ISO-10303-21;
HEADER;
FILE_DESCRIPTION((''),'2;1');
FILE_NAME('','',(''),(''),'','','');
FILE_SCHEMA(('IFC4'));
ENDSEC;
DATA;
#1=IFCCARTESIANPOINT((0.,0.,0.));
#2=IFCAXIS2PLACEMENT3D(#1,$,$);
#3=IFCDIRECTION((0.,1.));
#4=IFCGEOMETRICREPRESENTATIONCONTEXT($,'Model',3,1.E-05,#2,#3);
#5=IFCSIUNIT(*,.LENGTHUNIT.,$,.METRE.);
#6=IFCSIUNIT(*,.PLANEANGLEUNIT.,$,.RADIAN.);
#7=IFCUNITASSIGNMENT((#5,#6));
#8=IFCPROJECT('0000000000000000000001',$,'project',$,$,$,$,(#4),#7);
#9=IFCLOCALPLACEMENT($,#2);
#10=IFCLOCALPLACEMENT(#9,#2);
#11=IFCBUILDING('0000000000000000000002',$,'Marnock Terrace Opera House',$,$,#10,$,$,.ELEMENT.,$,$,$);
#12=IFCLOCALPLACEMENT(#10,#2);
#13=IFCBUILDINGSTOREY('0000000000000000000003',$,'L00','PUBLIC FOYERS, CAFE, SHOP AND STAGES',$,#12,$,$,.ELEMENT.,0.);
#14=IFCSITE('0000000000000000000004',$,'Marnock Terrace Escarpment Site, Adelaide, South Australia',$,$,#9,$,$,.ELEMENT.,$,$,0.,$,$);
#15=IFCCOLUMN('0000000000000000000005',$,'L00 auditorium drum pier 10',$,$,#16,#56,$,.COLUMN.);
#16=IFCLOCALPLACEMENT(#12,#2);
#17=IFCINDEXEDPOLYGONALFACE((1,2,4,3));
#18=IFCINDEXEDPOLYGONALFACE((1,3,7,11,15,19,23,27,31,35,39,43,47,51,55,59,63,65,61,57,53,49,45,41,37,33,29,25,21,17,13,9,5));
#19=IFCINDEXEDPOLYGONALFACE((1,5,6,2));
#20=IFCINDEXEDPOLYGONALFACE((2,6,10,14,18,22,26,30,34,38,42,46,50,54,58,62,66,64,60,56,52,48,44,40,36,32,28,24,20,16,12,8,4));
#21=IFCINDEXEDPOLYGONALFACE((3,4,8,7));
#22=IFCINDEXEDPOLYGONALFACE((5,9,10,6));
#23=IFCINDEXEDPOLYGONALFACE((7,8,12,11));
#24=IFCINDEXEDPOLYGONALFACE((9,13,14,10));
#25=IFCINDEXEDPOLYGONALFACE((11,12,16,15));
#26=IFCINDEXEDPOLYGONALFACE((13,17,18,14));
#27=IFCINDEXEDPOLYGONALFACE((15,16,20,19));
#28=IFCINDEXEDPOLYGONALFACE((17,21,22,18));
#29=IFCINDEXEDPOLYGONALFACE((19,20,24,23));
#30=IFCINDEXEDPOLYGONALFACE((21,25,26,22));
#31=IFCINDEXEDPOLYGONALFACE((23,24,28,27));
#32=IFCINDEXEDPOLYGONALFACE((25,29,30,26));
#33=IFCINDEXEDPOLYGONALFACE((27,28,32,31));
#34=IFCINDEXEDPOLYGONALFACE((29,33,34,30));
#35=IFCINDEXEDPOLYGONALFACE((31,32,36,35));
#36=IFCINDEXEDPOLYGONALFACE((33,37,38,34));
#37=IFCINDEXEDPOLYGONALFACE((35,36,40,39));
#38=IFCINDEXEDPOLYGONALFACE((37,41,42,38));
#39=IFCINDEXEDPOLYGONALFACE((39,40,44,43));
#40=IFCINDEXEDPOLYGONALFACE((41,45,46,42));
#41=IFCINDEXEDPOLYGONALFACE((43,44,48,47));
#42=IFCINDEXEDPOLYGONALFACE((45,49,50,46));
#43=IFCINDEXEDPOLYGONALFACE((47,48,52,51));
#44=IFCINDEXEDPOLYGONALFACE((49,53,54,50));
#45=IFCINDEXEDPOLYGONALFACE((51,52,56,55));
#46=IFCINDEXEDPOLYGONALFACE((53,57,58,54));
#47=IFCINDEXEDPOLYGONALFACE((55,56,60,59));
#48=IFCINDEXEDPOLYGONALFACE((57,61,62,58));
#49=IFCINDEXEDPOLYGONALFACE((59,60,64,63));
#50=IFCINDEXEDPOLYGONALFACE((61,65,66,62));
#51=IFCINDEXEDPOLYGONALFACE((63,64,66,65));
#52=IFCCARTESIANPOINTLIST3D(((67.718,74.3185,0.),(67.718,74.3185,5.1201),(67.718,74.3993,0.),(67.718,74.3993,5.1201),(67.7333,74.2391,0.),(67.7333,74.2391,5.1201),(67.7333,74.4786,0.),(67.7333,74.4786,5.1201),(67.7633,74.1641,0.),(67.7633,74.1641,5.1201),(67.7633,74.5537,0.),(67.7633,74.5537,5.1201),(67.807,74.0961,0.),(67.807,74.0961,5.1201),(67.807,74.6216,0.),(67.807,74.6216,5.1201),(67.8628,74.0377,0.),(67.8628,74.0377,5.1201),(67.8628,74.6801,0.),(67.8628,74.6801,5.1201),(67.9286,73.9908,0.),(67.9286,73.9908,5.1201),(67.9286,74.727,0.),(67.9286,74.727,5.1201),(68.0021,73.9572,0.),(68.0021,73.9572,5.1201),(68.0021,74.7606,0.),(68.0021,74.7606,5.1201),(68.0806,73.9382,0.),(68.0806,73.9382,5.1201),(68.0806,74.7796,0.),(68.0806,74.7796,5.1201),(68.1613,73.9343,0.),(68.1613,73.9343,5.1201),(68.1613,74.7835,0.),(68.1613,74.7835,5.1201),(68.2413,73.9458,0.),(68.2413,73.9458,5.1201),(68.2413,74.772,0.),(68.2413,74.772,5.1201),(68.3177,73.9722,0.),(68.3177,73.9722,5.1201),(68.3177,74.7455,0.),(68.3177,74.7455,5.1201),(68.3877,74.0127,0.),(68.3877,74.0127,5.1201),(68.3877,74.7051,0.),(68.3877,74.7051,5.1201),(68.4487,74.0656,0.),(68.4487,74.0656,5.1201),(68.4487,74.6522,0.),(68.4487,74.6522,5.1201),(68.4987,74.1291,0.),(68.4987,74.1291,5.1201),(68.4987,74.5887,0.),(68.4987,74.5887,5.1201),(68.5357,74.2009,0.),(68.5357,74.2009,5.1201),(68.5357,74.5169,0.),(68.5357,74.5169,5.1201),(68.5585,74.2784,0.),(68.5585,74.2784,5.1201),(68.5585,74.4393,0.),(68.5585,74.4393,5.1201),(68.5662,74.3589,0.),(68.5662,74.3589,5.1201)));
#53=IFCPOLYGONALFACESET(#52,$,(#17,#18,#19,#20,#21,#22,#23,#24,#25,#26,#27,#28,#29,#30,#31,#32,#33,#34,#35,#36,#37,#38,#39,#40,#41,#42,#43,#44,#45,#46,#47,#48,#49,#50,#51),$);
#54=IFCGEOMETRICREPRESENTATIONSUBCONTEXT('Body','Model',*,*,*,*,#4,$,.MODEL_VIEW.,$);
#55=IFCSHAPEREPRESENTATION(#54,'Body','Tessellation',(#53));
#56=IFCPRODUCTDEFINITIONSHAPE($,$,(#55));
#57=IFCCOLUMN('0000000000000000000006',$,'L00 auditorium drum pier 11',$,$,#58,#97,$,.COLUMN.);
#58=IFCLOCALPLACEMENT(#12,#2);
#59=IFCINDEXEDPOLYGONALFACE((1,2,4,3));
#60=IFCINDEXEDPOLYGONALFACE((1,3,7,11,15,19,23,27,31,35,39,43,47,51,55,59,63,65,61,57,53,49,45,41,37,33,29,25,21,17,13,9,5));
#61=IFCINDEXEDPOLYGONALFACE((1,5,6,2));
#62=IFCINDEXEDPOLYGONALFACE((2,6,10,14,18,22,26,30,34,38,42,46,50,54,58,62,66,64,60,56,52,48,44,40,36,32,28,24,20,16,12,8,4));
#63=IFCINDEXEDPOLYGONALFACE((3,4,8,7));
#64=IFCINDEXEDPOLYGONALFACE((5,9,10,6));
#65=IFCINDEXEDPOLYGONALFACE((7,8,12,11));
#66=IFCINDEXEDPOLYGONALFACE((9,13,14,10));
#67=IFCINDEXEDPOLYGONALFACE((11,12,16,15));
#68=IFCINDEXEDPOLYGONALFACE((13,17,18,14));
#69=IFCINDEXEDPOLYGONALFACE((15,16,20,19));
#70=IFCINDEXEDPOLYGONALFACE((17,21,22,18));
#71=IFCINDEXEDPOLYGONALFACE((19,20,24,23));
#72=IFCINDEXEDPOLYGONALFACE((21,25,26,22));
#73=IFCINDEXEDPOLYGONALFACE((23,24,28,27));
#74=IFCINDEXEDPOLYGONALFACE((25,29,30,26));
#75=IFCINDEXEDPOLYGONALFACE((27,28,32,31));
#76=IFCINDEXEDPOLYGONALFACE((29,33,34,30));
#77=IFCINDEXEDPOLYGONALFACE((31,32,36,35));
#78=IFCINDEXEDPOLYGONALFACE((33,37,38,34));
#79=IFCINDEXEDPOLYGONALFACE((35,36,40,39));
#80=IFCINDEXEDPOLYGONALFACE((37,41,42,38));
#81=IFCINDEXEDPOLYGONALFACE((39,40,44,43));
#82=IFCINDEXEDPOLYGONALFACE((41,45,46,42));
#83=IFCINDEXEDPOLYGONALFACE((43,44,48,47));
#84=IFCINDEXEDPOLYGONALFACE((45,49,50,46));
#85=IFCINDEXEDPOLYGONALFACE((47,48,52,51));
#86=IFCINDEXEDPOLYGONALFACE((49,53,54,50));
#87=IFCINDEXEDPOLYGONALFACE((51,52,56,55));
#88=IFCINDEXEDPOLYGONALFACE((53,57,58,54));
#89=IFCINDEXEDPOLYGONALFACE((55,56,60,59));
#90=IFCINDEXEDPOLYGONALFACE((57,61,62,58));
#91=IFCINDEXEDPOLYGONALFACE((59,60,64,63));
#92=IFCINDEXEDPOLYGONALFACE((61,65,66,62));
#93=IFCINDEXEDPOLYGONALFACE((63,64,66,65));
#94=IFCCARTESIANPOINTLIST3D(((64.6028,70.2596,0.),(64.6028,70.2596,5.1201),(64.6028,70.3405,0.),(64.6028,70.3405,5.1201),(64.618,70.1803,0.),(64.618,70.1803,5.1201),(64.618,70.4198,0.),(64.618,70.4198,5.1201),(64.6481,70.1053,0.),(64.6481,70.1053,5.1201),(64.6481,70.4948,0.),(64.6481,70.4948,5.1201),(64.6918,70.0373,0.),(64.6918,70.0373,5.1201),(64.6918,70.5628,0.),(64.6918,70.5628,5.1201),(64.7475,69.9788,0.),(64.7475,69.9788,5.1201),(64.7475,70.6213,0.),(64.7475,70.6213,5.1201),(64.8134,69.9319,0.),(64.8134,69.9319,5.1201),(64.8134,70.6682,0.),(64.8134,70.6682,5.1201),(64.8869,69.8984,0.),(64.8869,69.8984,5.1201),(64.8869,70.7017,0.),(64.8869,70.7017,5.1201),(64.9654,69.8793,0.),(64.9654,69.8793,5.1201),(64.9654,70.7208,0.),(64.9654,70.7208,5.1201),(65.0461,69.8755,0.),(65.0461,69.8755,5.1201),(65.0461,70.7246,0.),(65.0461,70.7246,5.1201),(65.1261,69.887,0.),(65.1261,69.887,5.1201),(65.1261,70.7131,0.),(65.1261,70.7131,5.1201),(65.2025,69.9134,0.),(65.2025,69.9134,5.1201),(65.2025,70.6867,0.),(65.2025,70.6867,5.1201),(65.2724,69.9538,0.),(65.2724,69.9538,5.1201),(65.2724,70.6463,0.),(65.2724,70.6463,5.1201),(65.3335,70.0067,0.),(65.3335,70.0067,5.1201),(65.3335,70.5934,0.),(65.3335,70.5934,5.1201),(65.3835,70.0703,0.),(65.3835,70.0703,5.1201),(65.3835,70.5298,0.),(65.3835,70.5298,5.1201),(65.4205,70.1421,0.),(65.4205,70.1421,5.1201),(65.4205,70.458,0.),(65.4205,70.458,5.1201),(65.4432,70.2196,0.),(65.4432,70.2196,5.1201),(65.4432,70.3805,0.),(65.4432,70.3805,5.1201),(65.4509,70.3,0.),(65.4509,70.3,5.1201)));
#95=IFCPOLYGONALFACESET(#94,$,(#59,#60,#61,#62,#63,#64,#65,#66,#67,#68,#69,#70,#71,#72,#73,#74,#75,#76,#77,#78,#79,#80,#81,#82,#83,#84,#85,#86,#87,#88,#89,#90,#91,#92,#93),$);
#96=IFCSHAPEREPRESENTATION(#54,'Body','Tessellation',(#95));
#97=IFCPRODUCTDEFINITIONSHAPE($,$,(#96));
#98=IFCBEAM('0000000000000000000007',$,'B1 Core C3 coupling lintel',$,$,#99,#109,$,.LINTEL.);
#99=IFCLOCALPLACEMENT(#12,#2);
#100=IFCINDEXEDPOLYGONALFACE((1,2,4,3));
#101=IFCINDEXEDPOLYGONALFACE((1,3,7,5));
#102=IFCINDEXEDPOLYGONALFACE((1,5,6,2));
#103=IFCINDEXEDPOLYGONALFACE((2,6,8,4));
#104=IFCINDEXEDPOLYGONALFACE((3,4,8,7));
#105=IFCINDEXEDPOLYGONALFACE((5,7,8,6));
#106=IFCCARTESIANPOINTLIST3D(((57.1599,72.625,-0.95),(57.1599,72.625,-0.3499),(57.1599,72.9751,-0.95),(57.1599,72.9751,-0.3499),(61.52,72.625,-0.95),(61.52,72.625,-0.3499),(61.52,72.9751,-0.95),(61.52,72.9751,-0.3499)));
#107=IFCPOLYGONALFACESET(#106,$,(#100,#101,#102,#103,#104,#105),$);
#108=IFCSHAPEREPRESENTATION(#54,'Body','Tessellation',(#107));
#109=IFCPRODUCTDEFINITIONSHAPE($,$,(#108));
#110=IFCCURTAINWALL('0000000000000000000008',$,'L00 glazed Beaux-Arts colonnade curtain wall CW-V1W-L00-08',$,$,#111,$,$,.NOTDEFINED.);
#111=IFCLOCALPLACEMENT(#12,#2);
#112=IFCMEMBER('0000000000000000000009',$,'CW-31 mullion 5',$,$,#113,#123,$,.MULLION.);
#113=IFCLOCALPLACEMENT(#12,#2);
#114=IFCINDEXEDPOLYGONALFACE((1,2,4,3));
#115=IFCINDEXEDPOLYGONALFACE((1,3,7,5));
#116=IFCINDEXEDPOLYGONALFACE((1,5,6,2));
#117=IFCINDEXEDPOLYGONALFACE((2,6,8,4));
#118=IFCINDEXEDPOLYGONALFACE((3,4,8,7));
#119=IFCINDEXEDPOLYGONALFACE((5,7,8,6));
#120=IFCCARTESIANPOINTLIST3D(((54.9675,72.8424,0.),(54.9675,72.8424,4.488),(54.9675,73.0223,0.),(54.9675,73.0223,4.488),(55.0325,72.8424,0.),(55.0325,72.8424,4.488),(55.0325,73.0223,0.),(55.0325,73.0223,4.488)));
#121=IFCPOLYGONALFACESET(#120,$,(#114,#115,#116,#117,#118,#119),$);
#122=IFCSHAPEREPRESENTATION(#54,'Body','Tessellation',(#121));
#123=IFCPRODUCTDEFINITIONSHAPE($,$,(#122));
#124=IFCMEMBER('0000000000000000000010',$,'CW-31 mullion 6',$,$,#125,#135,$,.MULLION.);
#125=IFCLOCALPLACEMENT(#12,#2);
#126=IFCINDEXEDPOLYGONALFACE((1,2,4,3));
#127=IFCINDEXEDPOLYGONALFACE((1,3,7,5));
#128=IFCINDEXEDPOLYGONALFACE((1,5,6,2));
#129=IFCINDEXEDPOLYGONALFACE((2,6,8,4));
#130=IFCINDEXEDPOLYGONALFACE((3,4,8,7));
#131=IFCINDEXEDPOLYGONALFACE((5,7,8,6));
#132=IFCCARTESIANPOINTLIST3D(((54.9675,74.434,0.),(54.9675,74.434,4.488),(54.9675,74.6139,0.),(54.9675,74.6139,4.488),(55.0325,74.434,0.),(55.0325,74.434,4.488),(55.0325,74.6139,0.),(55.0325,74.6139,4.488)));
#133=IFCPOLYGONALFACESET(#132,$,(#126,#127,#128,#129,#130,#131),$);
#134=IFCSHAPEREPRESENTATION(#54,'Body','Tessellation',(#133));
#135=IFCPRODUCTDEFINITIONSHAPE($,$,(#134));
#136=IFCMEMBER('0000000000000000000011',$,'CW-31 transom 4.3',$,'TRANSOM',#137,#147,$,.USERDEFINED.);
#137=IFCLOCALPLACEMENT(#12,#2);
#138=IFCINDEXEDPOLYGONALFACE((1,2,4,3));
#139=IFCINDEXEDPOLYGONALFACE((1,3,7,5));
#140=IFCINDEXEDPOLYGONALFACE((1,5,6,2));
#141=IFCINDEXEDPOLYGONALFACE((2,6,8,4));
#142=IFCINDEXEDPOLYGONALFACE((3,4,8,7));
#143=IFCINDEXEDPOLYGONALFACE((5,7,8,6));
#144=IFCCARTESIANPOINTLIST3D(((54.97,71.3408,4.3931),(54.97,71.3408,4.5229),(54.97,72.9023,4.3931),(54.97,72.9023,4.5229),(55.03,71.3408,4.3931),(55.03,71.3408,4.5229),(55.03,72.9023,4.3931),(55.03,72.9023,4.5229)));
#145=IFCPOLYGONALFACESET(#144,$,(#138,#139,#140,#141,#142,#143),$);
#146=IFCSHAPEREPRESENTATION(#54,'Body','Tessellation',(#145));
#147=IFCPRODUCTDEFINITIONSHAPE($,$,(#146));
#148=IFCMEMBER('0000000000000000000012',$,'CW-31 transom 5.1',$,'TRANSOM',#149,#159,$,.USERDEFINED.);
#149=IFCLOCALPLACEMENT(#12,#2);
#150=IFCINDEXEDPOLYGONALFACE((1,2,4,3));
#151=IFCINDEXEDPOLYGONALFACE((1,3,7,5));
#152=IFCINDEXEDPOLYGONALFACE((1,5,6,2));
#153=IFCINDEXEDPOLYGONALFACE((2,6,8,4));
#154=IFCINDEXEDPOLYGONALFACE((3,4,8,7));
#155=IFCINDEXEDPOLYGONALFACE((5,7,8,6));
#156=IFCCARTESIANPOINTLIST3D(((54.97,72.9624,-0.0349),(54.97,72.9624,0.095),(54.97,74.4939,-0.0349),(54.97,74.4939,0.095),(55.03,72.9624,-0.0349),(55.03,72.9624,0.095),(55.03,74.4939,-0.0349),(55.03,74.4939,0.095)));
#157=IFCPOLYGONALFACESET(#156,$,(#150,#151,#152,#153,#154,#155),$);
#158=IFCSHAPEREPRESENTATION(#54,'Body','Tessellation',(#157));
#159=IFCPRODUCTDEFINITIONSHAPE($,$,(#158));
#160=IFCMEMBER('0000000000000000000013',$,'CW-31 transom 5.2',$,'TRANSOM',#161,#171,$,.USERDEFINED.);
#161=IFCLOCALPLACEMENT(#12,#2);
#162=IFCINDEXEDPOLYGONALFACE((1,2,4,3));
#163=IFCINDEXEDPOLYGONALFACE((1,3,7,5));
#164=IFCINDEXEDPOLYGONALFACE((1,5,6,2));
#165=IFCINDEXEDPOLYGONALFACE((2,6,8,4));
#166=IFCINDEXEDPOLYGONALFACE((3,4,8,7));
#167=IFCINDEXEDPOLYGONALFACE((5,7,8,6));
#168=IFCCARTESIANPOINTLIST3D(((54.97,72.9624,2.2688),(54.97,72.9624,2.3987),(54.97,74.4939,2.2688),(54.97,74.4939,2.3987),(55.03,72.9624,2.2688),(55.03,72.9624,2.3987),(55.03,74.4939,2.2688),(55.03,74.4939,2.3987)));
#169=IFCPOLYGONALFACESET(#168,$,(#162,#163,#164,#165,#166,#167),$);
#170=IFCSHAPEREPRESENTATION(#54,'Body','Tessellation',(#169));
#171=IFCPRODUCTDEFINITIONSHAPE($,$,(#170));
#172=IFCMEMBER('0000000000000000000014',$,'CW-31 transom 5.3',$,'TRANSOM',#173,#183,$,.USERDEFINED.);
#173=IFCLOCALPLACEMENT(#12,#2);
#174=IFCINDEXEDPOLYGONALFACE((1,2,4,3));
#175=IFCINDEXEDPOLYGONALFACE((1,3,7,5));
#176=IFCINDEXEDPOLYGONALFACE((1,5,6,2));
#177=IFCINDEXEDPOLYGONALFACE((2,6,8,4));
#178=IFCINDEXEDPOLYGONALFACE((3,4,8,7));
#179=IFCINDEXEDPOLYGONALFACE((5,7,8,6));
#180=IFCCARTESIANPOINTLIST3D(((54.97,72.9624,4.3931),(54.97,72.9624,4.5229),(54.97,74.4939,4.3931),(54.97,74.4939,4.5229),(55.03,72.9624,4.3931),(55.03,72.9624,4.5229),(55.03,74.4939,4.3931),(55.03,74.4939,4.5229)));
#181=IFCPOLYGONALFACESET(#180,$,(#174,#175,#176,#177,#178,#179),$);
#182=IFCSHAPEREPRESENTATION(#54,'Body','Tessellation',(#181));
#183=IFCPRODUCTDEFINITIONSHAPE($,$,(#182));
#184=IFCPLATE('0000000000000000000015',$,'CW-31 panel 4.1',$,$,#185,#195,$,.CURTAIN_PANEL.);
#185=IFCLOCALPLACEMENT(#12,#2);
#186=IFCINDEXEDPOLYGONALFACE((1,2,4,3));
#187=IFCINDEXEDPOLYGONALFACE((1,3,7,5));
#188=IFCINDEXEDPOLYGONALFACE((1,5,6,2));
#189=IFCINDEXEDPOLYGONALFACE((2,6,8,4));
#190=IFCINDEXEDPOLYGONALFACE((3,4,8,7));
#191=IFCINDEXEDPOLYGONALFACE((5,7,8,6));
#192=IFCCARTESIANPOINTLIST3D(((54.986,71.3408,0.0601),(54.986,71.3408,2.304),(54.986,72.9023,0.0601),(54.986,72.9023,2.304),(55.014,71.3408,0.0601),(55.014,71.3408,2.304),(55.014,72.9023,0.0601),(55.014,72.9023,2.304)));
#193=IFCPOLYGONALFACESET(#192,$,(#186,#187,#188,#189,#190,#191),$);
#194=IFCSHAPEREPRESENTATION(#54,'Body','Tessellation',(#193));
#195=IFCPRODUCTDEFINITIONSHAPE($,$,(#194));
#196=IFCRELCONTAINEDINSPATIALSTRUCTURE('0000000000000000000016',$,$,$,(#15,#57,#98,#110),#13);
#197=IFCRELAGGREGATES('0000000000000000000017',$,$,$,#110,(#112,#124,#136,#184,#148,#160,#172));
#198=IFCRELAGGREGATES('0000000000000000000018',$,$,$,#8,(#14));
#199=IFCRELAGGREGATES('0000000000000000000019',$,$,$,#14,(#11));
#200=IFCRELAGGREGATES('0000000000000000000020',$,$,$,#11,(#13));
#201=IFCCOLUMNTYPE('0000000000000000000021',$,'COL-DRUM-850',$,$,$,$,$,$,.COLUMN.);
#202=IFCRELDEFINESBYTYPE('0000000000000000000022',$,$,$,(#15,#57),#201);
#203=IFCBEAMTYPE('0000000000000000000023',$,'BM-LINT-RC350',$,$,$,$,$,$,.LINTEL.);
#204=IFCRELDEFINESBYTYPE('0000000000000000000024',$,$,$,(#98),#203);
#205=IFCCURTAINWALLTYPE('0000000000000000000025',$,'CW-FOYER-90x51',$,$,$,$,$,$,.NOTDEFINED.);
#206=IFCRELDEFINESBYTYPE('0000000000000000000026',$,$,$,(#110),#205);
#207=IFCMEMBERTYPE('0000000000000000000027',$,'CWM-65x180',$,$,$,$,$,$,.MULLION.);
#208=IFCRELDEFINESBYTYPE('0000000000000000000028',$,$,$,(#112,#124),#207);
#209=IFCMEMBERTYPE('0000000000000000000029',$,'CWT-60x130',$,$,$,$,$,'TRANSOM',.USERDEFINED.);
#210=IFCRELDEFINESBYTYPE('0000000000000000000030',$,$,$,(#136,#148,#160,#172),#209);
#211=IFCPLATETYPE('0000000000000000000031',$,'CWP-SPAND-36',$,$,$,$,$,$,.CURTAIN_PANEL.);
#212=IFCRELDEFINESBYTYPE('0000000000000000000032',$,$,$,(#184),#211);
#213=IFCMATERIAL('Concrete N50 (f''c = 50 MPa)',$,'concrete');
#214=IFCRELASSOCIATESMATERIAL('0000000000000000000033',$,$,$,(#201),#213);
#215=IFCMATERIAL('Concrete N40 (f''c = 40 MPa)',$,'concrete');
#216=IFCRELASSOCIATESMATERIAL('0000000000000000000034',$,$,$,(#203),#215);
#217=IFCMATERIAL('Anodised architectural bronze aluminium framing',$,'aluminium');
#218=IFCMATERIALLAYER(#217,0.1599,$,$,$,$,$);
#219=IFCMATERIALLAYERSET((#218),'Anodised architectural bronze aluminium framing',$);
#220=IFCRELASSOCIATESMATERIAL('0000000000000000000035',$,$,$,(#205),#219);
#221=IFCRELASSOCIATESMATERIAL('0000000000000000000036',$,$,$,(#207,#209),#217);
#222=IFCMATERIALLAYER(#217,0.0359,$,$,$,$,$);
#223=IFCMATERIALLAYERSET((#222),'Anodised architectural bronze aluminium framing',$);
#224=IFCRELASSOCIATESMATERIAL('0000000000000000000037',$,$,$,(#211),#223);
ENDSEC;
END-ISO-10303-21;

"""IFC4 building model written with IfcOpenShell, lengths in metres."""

from ifc_helpers import new_model, si_unit, direction, frame, origin, origin_2d, place, context, subcontext, project, spatial, rectangle, circle, extrude, material, layer, layer_set, material_profile, profile_set, type_object, element, aggregate, save


model = new_model("IFC4")

# Units and contexts
model_context = context("Model", 3, precision=1e-05, world=origin(), true_north=direction((0.0, 1.0)))
body_context = subcontext(model_context, "Body", "Model", "MODEL_VIEW")
ifc_project = project(units=[si_unit("LENGTHUNIT", "METRE"), si_unit("PLANEANGLEUNIT", "RADIAN")], contexts=[model_context])

# Site, building, storey
site_placement = place(None, origin())
site = spatial("IfcSite", under=ifc_project, at=site_placement, Name="Marnock Terrace Escarpment Site, Adelaide, South Australia", CompositionType="ELEMENT", RefElevation=0.0)
building_placement = place(site_placement, origin())
building = spatial("IfcBuilding", under=site, at=building_placement, Name="Marnock Terrace Opera House", CompositionType="ELEMENT")
storey_placement = place(building_placement, origin())
storey = spatial("IfcBuildingStorey", under=building, at=storey_placement, Name="L00", Description="PUBLIC FOYERS, CAFE, SHOP AND STAGES", CompositionType="ELEMENT", Elevation=0.0)

# Columns
ifc_material_1 = material(Name="Concrete N50 (f'c = 50 MPa)", Category="concrete")
ifc_material_profile_1 = material_profile(ifc_material_1, circle(Radius=0.425, at=origin_2d()))
ifc_profile_set_1 = profile_set([ifc_material_profile_1], Name="Concrete N50 (f'c = 50 MPa)")
column_type = type_object("IfcColumnType", Name="COL-DRUM-850", PredefinedType="COLUMN", material=ifc_profile_set_1)
for number, where, z_axis, x_axis, name in (
    (1, (68.1411, 74.3589, 0.0), (0.0, 0.0, 1.0), (1.0, 0.0, 0.0), "L00 auditorium drum pier 10"),
    (2, (65.0259, 70.3, 0.0), (0.0, 0.0, 1.0), (1.0, 0.0, 0.0), "L00 auditorium drum pier 11"),
):
    element("IfcColumn", number, at=place(storey_placement, frame(where, z_axis=z_axis, x_axis=x_axis)), inside=storey, type_object=column_type, Name=name, PredefinedType="COLUMN", context=body_context, shape_type="SweptSolid", body=[
        extrude(circle(Radius=0.425, at=origin_2d()), origin(), (0.0, 0.0, 1.0), 5.1201),
    ])

# Beam
ifc_material_2 = material(Name="Concrete N40 (f'c = 40 MPa)", Category="concrete")
ifc_material_profile_2 = material_profile(ifc_material_2, rectangle(XDim=0.3501, YDim=0.6001, at=origin_2d()))
ifc_profile_set_2 = profile_set([ifc_material_profile_2], Name="Concrete N40 (f'c = 40 MPa)")
beam_type = type_object("IfcBeamType", Name="BM-LINT-RC350", PredefinedType="LINTEL", material=ifc_profile_set_2)
beam_placement = place(storey_placement, frame((57.1599, 72.8, -0.6499), z_axis=(1.0, 0.0, 0.0), x_axis=(0.0, 1.0, 0.0)))
element("IfcBeam", 3, at=beam_placement, inside=storey, type_object=beam_type, Name="B1 Core C3 coupling lintel", PredefinedType="LINTEL", context=body_context, shape_type="SweptSolid", body=[
    extrude(rectangle(XDim=0.3501, YDim=0.6001, at=origin_2d()), origin(), (0.0, 0.0, 1.0), 4.3601),
])

# Curtain wall, members, plate
ifc_material_3 = material(Name="Anodised architectural bronze aluminium framing", Category="aluminium")
ifc_layer_1 = layer(ifc_material_3, 0.1599)
ifc_layer_set_1 = layer_set([ifc_layer_1], Name="Anodised architectural bronze aluminium framing")
curtain_wall_type = type_object("IfcCurtainWallType", Name="CW-FOYER-90x51", PredefinedType="NOTDEFINED", material=ifc_layer_set_1)
curtain_wall_placement = place(storey_placement, origin())
curtain_wall = element("IfcCurtainWall", 4, at=curtain_wall_placement, inside=storey, type_object=curtain_wall_type, Name="L00 glazed Beaux-Arts colonnade curtain wall CW-V1W-L00-08", PredefinedType="NOTDEFINED")
ifc_material_profile_3 = material_profile(ifc_material_3, rectangle(XDim=0.0649, YDim=0.1799, at=origin_2d()))
ifc_profile_set_3 = profile_set([ifc_material_profile_3], Name="Anodised architectural bronze aluminium framing")
member_type_1 = type_object("IfcMemberType", Name="CWM-65x180", PredefinedType="MULLION", material=ifc_profile_set_3)
member_1_placement = place(storey_placement, frame((55.0, 72.9324, 0.0), z_axis=(0.0, 0.0, 1.0), x_axis=(-1.0, 0.0, 0.0)))
member_1 = element("IfcMember", 5, at=member_1_placement, type_object=member_type_1, Name="CW-31 mullion 5", PredefinedType="MULLION", context=body_context, shape_type="SweptSolid", body=[
    extrude(rectangle(XDim=0.0649, YDim=0.1799, at=origin_2d()), origin(), (0.0, 0.0, 1.0), 4.488),
])
member_2_placement = place(storey_placement, frame((55.0, 74.5239, 0.0), z_axis=(0.0, 0.0, 1.0), x_axis=(-1.0, 0.0, 0.0)))
member_2 = element("IfcMember", 6, at=member_2_placement, type_object=member_type_1, Name="CW-31 mullion 6", PredefinedType="MULLION", context=body_context, shape_type="SweptSolid", body=[
    extrude(rectangle(XDim=0.0649, YDim=0.1799, at=origin_2d()), origin(), (0.0, 0.0, 1.0), 4.488),
])
ifc_material_profile_4 = material_profile(ifc_material_3, rectangle(XDim=0.0601, YDim=0.1299, at=origin_2d()))
ifc_profile_set_4 = profile_set([ifc_material_profile_4], Name="Anodised architectural bronze aluminium framing")
member_type_2 = type_object("IfcMemberType", Name="CWT-60x130", ElementType="TRANSOM", PredefinedType="USERDEFINED", material=ifc_profile_set_4)
member_3_placement = place(storey_placement, frame((55.0, 71.3408, 4.458), z_axis=(0.0, 1.0, 0.0), x_axis=(-1.0, 0.0, 0.0)))
member_3 = element("IfcMember", 7, at=member_3_placement, type_object=member_type_2, Name="CW-31 transom 4.3", ObjectType="TRANSOM", PredefinedType="USERDEFINED", context=body_context, shape_type="SweptSolid", body=[
    extrude(rectangle(XDim=0.0601, YDim=0.1299, at=origin_2d()), origin(), (0.0, 0.0, 1.0), 1.5615),
])
member_4_placement = place(storey_placement, frame((55.0, 72.9624, 0.03), z_axis=(0.0, 1.0, 0.0), x_axis=(-1.0, 0.0, 0.0)))
member_4 = element("IfcMember", 8, at=member_4_placement, type_object=member_type_2, Name="CW-31 transom 5.1", ObjectType="TRANSOM", PredefinedType="USERDEFINED", context=body_context, shape_type="SweptSolid", body=[
    extrude(rectangle(XDim=0.0601, YDim=0.1299, at=origin_2d()), origin(), (0.0, 0.0, 1.0), 1.5315),
])
member_5_placement = place(storey_placement, frame((55.0, 72.9624, 2.3337), z_axis=(0.0, 1.0, 0.0), x_axis=(-1.0, 0.0, 0.0)))
member_5 = element("IfcMember", 9, at=member_5_placement, type_object=member_type_2, Name="CW-31 transom 5.2", ObjectType="TRANSOM", PredefinedType="USERDEFINED", context=body_context, shape_type="SweptSolid", body=[
    extrude(rectangle(XDim=0.0601, YDim=0.1299, at=origin_2d()), origin(), (0.0, 0.0, 1.0), 1.5315),
])
member_6_placement = place(storey_placement, frame((55.0, 72.9624, 4.458), z_axis=(0.0, 1.0, 0.0), x_axis=(-1.0, 0.0, 0.0)))
member_6 = element("IfcMember", 10, at=member_6_placement, type_object=member_type_2, Name="CW-31 transom 5.3", ObjectType="TRANSOM", PredefinedType="USERDEFINED", context=body_context, shape_type="SweptSolid", body=[
    extrude(rectangle(XDim=0.0601, YDim=0.1299, at=origin_2d()), origin(), (0.0, 0.0, 1.0), 1.5315),
])
ifc_layer_2 = layer(ifc_material_3, 0.0359)
ifc_layer_set_2 = layer_set([ifc_layer_2], Name="Anodised architectural bronze aluminium framing")
plate_type = type_object("IfcPlateType", Name="CWP-SPAND-36", PredefinedType="CURTAIN_PANEL", material=ifc_layer_set_2)
plate_1_placement = place(storey_placement, frame((55.0, 72.1216, 0.0601), z_axis=(0.0, 0.0, 1.0), x_axis=(0.0, 1.0, 0.0)))
plate_1 = element("IfcPlate", 11, at=plate_1_placement, type_object=plate_type, Name="CW-31 panel 4.1", PredefinedType="CURTAIN_PANEL", context=body_context, shape_type="SweptSolid", body=[
    extrude(rectangle(XDim=1.5615, YDim=0.0281, at=origin_2d()), origin(), (0.0, 0.0, 1.0), 2.2439),
])
aggregate(curtain_wall, [member_1, member_2, member_3, plate_1, member_4, member_5, member_6])

save(model, "model.ifc")
